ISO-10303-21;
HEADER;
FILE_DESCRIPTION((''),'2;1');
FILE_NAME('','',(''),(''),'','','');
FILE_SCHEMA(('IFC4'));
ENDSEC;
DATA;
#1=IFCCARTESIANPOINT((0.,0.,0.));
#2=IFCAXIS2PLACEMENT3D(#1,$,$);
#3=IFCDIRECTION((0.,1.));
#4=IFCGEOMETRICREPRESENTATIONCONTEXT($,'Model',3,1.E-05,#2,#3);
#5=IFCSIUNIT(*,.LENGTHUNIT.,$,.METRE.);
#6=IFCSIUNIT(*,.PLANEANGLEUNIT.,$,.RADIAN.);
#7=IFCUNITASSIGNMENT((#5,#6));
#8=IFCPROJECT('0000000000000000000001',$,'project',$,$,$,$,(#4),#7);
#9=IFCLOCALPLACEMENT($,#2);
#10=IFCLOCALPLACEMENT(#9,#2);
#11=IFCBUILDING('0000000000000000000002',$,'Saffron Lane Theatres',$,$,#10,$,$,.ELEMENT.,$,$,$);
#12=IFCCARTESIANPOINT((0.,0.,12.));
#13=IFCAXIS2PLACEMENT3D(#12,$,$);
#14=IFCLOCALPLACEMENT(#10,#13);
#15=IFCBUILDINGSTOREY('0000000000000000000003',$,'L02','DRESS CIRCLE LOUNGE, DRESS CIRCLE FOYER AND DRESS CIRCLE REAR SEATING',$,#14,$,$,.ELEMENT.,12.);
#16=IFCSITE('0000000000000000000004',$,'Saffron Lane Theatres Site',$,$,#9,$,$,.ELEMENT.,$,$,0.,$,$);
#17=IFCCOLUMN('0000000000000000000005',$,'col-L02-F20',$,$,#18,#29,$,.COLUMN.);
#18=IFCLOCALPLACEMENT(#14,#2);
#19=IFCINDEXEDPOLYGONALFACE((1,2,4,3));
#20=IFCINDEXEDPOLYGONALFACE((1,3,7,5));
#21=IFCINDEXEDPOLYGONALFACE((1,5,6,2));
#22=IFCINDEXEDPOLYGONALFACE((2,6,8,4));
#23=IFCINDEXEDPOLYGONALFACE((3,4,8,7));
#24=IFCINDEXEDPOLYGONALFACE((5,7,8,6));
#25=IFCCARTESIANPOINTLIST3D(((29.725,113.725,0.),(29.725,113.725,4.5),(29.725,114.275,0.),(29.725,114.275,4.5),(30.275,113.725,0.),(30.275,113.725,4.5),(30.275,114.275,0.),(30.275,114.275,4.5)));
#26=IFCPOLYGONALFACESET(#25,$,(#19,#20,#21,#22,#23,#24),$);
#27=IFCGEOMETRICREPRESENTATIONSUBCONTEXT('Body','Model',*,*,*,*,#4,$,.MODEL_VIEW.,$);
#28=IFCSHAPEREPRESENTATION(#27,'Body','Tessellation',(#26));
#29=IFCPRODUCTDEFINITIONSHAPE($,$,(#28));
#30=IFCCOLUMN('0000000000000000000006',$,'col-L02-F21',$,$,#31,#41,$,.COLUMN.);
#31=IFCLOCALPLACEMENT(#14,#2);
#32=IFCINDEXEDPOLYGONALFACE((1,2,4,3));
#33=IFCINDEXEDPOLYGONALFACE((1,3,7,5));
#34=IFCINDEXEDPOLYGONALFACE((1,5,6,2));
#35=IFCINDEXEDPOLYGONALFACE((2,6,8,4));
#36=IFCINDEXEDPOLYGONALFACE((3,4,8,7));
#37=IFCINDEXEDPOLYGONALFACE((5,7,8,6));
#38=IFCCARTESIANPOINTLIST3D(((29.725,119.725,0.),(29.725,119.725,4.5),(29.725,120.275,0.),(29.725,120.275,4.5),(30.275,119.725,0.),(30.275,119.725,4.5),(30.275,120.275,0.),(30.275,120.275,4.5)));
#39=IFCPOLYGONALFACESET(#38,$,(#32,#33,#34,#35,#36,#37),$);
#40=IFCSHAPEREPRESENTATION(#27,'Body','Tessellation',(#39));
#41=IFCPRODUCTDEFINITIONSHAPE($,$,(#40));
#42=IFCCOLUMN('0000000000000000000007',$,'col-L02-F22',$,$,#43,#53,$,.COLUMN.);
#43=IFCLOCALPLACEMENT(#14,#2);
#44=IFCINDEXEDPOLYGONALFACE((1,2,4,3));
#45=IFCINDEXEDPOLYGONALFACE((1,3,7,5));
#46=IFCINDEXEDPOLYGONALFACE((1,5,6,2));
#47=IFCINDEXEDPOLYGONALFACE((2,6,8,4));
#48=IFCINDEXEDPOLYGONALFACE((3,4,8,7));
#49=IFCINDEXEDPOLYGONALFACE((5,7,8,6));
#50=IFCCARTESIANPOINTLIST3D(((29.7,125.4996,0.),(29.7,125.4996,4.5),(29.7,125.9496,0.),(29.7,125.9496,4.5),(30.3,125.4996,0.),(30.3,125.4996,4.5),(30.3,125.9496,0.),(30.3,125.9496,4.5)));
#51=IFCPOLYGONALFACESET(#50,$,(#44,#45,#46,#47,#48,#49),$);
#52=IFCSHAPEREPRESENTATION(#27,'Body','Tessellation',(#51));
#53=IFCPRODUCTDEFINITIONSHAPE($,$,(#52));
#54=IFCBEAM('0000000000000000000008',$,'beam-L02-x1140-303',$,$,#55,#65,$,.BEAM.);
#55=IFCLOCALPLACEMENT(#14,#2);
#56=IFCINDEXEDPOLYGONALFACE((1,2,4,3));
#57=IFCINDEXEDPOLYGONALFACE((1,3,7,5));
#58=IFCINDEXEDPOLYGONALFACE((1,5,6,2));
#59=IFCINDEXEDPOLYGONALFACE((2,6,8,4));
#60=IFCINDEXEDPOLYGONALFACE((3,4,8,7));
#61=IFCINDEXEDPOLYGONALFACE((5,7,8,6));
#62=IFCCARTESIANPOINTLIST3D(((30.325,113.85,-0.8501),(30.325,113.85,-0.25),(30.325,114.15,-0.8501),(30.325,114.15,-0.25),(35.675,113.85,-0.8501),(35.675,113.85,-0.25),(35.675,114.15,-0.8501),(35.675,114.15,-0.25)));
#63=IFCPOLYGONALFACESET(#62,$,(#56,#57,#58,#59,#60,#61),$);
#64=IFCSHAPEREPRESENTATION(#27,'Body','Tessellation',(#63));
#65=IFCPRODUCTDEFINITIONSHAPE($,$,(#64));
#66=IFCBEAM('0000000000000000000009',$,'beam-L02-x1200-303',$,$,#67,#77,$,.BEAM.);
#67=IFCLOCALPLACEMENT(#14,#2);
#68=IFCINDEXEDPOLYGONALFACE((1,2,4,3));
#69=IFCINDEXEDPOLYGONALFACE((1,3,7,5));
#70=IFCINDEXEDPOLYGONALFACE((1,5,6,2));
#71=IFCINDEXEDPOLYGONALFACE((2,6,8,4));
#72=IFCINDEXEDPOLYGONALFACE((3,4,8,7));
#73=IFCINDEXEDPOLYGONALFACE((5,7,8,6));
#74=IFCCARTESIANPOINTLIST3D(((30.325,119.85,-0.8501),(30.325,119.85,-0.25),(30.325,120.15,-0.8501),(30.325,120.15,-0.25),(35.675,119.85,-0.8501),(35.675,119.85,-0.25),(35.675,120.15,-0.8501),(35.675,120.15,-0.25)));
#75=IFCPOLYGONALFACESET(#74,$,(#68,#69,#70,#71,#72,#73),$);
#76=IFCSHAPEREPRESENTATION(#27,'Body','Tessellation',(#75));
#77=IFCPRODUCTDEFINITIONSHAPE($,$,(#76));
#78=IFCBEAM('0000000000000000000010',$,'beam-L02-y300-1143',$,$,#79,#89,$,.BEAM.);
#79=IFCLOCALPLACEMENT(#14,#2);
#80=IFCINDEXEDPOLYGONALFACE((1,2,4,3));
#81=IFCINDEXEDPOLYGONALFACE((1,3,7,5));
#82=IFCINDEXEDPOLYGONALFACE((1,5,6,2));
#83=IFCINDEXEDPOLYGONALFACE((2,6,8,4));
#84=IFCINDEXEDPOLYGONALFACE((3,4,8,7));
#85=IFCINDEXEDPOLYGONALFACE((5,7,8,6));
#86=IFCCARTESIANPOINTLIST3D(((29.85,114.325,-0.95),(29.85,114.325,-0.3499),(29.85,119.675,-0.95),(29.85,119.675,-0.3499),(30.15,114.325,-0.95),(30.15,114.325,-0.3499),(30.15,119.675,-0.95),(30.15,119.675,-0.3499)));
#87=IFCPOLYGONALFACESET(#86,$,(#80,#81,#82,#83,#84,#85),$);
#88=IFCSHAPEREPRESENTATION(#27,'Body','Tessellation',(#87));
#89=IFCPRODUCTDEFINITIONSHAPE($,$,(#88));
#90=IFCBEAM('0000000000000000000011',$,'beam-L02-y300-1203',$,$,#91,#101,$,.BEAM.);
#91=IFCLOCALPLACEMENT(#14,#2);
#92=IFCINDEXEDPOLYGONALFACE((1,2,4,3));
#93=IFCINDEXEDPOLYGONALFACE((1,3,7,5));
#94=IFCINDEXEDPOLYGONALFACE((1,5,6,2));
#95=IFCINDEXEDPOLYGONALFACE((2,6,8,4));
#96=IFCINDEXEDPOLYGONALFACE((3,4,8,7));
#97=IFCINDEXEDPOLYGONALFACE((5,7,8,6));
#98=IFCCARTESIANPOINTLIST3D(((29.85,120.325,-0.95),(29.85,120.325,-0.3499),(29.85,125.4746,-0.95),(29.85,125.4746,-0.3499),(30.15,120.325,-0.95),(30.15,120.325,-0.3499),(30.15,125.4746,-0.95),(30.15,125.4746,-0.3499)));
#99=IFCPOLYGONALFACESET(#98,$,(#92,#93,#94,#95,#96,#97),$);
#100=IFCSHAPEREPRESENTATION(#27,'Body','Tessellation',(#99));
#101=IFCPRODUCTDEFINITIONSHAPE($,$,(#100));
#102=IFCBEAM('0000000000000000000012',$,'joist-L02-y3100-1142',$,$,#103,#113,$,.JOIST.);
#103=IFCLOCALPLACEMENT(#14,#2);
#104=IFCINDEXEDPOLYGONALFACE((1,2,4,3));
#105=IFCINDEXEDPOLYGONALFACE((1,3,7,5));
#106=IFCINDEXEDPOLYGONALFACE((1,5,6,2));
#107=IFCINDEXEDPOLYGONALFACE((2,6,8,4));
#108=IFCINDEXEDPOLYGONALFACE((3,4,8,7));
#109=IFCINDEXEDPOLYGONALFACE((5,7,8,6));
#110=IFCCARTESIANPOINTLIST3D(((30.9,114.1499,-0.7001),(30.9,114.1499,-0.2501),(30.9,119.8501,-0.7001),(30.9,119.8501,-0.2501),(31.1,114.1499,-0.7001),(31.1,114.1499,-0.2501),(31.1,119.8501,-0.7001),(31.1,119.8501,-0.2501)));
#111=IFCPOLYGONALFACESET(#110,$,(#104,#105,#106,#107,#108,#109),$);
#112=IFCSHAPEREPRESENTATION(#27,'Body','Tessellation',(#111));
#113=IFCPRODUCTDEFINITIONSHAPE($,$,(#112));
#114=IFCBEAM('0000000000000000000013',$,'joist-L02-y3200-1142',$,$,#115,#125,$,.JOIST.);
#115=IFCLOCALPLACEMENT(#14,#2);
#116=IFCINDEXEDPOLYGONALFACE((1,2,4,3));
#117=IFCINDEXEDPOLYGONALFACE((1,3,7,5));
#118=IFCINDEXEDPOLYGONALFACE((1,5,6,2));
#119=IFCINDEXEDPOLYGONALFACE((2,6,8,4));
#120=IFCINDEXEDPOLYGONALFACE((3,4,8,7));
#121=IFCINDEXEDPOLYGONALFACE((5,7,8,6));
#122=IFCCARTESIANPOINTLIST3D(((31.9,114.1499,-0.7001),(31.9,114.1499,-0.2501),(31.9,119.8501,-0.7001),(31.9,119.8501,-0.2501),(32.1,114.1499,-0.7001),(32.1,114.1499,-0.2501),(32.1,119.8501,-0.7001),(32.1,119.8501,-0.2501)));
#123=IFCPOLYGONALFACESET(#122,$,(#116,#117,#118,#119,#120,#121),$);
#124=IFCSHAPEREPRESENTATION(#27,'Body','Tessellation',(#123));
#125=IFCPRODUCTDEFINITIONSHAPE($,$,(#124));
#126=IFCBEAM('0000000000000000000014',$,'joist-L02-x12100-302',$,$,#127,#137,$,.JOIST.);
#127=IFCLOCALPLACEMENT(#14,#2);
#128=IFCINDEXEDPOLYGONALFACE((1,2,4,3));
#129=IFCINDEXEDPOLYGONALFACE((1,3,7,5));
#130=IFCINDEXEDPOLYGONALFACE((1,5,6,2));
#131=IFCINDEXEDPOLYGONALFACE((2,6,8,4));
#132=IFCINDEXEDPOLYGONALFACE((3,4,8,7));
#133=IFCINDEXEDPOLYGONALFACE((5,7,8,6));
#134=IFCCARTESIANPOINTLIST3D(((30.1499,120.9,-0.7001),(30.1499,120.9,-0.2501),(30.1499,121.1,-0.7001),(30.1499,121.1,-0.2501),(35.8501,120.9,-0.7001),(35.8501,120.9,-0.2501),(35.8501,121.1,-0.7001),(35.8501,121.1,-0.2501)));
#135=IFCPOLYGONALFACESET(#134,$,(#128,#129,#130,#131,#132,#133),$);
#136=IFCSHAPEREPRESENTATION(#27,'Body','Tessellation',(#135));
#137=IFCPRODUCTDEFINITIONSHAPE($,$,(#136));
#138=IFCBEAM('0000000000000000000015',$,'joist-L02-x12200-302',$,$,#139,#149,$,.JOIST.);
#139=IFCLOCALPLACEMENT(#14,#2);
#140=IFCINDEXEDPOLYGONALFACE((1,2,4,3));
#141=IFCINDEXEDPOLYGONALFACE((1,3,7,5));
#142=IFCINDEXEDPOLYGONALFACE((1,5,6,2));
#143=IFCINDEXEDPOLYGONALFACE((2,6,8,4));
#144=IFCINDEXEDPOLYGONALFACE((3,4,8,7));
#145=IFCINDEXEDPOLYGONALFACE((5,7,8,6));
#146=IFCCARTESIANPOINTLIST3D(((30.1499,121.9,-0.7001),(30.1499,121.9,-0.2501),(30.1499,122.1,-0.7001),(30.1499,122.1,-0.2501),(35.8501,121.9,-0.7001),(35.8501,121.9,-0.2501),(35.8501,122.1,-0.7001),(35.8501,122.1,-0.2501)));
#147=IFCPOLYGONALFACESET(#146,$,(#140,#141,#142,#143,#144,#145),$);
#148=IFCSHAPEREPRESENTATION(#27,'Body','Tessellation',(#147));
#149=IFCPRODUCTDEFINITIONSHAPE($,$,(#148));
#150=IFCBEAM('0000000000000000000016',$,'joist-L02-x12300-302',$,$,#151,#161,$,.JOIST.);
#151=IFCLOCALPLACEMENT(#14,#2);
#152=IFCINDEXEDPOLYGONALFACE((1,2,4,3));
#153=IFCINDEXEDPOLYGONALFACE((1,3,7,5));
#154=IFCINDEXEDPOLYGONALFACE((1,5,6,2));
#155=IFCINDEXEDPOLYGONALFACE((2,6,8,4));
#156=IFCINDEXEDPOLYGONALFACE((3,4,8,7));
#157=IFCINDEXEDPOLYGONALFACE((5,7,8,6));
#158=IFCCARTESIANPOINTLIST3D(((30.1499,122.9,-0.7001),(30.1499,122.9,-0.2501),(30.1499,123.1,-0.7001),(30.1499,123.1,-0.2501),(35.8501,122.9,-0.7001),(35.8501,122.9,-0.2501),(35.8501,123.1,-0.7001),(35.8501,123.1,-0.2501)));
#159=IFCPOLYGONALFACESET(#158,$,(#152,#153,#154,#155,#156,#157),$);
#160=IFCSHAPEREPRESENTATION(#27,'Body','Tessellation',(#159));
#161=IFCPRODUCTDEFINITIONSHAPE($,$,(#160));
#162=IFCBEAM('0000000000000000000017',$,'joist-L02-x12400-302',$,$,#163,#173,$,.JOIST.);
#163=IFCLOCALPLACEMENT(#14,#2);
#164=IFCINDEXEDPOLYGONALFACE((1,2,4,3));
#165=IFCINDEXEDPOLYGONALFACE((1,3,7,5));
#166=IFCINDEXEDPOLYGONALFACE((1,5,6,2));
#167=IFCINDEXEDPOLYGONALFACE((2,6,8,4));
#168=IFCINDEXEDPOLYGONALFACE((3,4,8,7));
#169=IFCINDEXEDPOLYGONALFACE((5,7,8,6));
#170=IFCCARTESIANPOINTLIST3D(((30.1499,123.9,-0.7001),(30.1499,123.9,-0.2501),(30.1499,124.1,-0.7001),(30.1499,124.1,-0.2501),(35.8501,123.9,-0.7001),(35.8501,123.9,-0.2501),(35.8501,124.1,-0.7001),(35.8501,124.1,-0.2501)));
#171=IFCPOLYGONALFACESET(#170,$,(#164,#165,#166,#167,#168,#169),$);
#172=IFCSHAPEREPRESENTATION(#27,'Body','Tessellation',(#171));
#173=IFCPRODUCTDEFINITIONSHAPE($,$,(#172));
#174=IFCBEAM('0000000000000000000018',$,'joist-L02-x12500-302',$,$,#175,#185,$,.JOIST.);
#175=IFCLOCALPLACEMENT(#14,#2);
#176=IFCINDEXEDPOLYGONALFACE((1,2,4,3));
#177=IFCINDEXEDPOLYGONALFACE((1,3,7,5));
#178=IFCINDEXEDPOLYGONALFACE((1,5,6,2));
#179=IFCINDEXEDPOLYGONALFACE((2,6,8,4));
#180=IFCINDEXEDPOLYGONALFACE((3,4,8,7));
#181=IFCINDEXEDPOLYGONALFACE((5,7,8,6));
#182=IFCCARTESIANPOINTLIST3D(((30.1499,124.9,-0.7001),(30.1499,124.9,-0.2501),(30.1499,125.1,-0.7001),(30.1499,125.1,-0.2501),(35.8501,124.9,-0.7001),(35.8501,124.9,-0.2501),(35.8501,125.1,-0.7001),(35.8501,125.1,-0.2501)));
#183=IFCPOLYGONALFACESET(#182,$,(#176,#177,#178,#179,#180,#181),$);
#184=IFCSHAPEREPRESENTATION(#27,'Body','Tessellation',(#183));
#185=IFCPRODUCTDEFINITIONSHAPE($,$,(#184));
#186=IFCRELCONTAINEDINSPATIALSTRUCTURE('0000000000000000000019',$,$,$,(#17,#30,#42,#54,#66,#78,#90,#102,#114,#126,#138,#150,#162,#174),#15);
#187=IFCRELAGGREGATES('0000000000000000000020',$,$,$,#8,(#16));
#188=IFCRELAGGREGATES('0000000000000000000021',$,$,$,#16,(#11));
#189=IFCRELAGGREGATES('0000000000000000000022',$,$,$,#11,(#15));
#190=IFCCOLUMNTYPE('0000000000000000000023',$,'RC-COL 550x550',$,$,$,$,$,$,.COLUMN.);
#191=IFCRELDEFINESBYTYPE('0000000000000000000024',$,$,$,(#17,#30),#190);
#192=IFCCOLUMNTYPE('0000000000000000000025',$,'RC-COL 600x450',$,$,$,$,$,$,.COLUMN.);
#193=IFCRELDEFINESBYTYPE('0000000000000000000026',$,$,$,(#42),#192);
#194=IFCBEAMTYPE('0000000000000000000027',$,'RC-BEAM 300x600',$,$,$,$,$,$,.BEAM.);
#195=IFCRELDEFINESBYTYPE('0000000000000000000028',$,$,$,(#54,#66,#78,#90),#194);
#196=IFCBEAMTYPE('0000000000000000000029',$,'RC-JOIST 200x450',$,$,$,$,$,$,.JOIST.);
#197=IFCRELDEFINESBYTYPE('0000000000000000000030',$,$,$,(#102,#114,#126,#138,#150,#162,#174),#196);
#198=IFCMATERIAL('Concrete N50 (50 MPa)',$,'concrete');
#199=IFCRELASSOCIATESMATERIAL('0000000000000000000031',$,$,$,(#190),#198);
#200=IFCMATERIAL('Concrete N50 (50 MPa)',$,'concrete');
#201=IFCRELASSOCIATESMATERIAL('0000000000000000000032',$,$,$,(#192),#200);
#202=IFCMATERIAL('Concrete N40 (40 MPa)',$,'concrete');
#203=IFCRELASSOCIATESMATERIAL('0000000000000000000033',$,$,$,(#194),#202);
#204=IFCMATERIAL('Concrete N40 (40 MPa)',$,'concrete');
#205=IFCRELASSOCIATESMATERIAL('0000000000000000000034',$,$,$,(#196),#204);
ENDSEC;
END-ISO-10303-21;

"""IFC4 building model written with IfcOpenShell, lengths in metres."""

from ifc_helpers import new_model, si_unit, direction, frame, origin, origin_2d, place, context, subcontext, project, spatial, rectangle, extrude, material, material_profile, profile_set, type_object, element, save


model = new_model("IFC4")

# Units and contexts
model_context = context("Model", 3, precision=1e-05, world=origin(), true_north=direction((0.0, 1.0)))
body_context = subcontext(model_context, "Body", "Model", "MODEL_VIEW")
ifc_project = project(units=[si_unit("LENGTHUNIT", "METRE"), si_unit("PLANEANGLEUNIT", "RADIAN")], contexts=[model_context])

# Site, building, storey
site_placement = place(None, origin())
site = spatial("IfcSite", under=ifc_project, at=site_placement, Name="Saffron Lane Theatres Site", CompositionType="ELEMENT", RefElevation=0.0)
building_placement = place(site_placement, origin())
building = spatial("IfcBuilding", under=site, at=building_placement, Name="Saffron Lane Theatres", CompositionType="ELEMENT")
storey_placement = place(building_placement, frame((0.0, 0.0, 12.0)))
storey = spatial("IfcBuildingStorey", under=building, at=storey_placement, Name="L02", Description="DRESS CIRCLE LOUNGE, DRESS CIRCLE FOYER AND DRESS CIRCLE REAR SEATING", CompositionType="ELEMENT", Elevation=12.0)

# Columns
ifc_material_1 = material(Name="Concrete N50 (50 MPa)", Category="concrete")
ifc_material_profile_1 = material_profile(ifc_material_1, rectangle(XDim=0.55, YDim=0.55, at=origin_2d()))
ifc_profile_set_1 = profile_set([ifc_material_profile_1], Name="Concrete N50 (50 MPa)")
column_type_1 = type_object("IfcColumnType", Name="RC-COL 550x550", PredefinedType="COLUMN", material=ifc_profile_set_1)
for number, where, z_axis, x_axis, name in (
    (1, (30.0, 114.0, 0.0), (0.0, 0.0, 1.0), (1.0, 0.0, 0.0), "col-L02-F20"),
    (2, (30.0, 120.0, 0.0), (0.0, 0.0, 1.0), (1.0, 0.0, 0.0), "col-L02-F21"),
):
    element("IfcColumn", number, at=place(storey_placement, frame(where, z_axis=z_axis, x_axis=x_axis)), inside=storey, type_object=column_type_1, Name=name, PredefinedType="COLUMN", context=body_context, shape_type="SweptSolid", body=[
        extrude(rectangle(XDim=0.55, YDim=0.55, at=origin_2d()), origin(), (0.0, 0.0, 1.0), 4.5),
    ])
ifc_material_2 = material(Name="Concrete N50 (50 MPa)", Category="concrete")
ifc_material_profile_2 = material_profile(ifc_material_2, rectangle(XDim=0.6001, YDim=0.45, at=origin_2d()))
ifc_profile_set_2 = profile_set([ifc_material_profile_2], Name="Concrete N50 (50 MPa)")
column_type_2 = type_object("IfcColumnType", Name="RC-COL 600x450", PredefinedType="COLUMN", material=ifc_profile_set_2)
column_placement = place(storey_placement, frame((30.0, 125.7246, 0.0), z_axis=(0.0, 0.0, 1.0), x_axis=(1.0, 0.0, 0.0)))
element("IfcColumn", 3, at=column_placement, inside=storey, type_object=column_type_2, Name="col-L02-F22", PredefinedType="COLUMN", context=body_context, shape_type="SweptSolid", body=[
    extrude(rectangle(XDim=0.6001, YDim=0.45, at=origin_2d()), origin(), (0.0, 0.0, 1.0), 4.5),
])

# Beams
ifc_material_3 = material(Name="Concrete N40 (40 MPa)", Category="concrete")
ifc_material_profile_3 = material_profile(ifc_material_3, rectangle(XDim=0.3, YDim=0.6001, at=origin_2d()))
ifc_profile_set_3 = profile_set([ifc_material_profile_3], Name="Concrete N40 (40 MPa)")
beam_type_1 = type_object("IfcBeamType", Name="RC-BEAM 300x600", PredefinedType="BEAM", material=ifc_profile_set_3)
for number, where, z_axis, x_axis, name in (
    (4, (30.325, 114.0, -0.55), (1.0, 0.0, 0.0), (0.0, 1.0, 0.0), "beam-L02-x1140-303"),
    (5, (30.325, 120.0, -0.55), (1.0, 0.0, 0.0), (0.0, 1.0, 0.0), "beam-L02-x1200-303"),
    (6, (30.0, 114.325, -0.6499), (0.0, 1.0, 0.0), (-1.0, 0.0, 0.0), "beam-L02-y300-1143"),
):
    element("IfcBeam", number, at=place(storey_placement, frame(where, z_axis=z_axis, x_axis=x_axis)), inside=storey, type_object=beam_type_1, Name=name, PredefinedType="BEAM", context=body_context, shape_type="SweptSolid", body=[
        extrude(rectangle(XDim=0.3, YDim=0.6001, at=origin_2d()), origin(), (0.0, 0.0, 1.0), 5.3501),
    ])
beam_placement = place(storey_placement, frame((30.0, 120.325, -0.6499), z_axis=(0.0, 1.0, 0.0), x_axis=(-1.0, 0.0, 0.0)))
element("IfcBeam", 7, at=beam_placement, inside=storey, type_object=beam_type_1, Name="beam-L02-y300-1203", PredefinedType="BEAM", context=body_context, shape_type="SweptSolid", body=[
    extrude(rectangle(XDim=0.3, YDim=0.6001, at=origin_2d()), origin(), (0.0, 0.0, 1.0), 5.1497),
])
ifc_material_4 = material(Name="Concrete N40 (40 MPa)", Category="concrete")
ifc_material_profile_4 = material_profile(ifc_material_4, rectangle(XDim=0.2, YDim=0.45, at=origin_2d()))
ifc_profile_set_4 = profile_set([ifc_material_profile_4], Name="Concrete N40 (40 MPa)")
beam_type_2 = type_object("IfcBeamType", Name="RC-JOIST 200x450", PredefinedType="JOIST", material=ifc_profile_set_4)
for number, where, z_axis, x_axis, name in (
    (8, (31.0, 114.1499, -0.4751), (0.0, 1.0, 0.0), (-1.0, 0.0, 0.0), "joist-L02-y3100-1142"),
    (9, (32.0, 114.1499, -0.4751), (0.0, 1.0, 0.0), (-1.0, 0.0, 0.0), "joist-L02-y3200-1142"),
    (10, (30.1499, 121.0, -0.4751), (1.0, 0.0, 0.0), (0.0, 1.0, 0.0), "joist-L02-x12100-302"),
    (11, (30.1499, 122.0, -0.4751), (1.0, 0.0, 0.0), (0.0, 1.0, 0.0), "joist-L02-x12200-302"),
    (12, (30.1499, 123.0, -0.4751), (1.0, 0.0, 0.0), (0.0, 1.0, 0.0), "joist-L02-x12300-302"),
    (13, (30.1499, 124.0, -0.4751), (1.0, 0.0, 0.0), (0.0, 1.0, 0.0), "joist-L02-x12400-302"),
    (14, (30.1499, 125.0, -0.4751), (1.0, 0.0, 0.0), (0.0, 1.0, 0.0), "joist-L02-x12500-302"),
):
    element("IfcBeam", number, at=place(storey_placement, frame(where, z_axis=z_axis, x_axis=x_axis)), inside=storey, type_object=beam_type_2, Name=name, PredefinedType="JOIST", context=body_context, shape_type="SweptSolid", body=[
        extrude(rectangle(XDim=0.2, YDim=0.45, at=origin_2d()), origin(), (0.0, 0.0, 1.0), 5.7002),
    ])

save(model, "model.ifc")
